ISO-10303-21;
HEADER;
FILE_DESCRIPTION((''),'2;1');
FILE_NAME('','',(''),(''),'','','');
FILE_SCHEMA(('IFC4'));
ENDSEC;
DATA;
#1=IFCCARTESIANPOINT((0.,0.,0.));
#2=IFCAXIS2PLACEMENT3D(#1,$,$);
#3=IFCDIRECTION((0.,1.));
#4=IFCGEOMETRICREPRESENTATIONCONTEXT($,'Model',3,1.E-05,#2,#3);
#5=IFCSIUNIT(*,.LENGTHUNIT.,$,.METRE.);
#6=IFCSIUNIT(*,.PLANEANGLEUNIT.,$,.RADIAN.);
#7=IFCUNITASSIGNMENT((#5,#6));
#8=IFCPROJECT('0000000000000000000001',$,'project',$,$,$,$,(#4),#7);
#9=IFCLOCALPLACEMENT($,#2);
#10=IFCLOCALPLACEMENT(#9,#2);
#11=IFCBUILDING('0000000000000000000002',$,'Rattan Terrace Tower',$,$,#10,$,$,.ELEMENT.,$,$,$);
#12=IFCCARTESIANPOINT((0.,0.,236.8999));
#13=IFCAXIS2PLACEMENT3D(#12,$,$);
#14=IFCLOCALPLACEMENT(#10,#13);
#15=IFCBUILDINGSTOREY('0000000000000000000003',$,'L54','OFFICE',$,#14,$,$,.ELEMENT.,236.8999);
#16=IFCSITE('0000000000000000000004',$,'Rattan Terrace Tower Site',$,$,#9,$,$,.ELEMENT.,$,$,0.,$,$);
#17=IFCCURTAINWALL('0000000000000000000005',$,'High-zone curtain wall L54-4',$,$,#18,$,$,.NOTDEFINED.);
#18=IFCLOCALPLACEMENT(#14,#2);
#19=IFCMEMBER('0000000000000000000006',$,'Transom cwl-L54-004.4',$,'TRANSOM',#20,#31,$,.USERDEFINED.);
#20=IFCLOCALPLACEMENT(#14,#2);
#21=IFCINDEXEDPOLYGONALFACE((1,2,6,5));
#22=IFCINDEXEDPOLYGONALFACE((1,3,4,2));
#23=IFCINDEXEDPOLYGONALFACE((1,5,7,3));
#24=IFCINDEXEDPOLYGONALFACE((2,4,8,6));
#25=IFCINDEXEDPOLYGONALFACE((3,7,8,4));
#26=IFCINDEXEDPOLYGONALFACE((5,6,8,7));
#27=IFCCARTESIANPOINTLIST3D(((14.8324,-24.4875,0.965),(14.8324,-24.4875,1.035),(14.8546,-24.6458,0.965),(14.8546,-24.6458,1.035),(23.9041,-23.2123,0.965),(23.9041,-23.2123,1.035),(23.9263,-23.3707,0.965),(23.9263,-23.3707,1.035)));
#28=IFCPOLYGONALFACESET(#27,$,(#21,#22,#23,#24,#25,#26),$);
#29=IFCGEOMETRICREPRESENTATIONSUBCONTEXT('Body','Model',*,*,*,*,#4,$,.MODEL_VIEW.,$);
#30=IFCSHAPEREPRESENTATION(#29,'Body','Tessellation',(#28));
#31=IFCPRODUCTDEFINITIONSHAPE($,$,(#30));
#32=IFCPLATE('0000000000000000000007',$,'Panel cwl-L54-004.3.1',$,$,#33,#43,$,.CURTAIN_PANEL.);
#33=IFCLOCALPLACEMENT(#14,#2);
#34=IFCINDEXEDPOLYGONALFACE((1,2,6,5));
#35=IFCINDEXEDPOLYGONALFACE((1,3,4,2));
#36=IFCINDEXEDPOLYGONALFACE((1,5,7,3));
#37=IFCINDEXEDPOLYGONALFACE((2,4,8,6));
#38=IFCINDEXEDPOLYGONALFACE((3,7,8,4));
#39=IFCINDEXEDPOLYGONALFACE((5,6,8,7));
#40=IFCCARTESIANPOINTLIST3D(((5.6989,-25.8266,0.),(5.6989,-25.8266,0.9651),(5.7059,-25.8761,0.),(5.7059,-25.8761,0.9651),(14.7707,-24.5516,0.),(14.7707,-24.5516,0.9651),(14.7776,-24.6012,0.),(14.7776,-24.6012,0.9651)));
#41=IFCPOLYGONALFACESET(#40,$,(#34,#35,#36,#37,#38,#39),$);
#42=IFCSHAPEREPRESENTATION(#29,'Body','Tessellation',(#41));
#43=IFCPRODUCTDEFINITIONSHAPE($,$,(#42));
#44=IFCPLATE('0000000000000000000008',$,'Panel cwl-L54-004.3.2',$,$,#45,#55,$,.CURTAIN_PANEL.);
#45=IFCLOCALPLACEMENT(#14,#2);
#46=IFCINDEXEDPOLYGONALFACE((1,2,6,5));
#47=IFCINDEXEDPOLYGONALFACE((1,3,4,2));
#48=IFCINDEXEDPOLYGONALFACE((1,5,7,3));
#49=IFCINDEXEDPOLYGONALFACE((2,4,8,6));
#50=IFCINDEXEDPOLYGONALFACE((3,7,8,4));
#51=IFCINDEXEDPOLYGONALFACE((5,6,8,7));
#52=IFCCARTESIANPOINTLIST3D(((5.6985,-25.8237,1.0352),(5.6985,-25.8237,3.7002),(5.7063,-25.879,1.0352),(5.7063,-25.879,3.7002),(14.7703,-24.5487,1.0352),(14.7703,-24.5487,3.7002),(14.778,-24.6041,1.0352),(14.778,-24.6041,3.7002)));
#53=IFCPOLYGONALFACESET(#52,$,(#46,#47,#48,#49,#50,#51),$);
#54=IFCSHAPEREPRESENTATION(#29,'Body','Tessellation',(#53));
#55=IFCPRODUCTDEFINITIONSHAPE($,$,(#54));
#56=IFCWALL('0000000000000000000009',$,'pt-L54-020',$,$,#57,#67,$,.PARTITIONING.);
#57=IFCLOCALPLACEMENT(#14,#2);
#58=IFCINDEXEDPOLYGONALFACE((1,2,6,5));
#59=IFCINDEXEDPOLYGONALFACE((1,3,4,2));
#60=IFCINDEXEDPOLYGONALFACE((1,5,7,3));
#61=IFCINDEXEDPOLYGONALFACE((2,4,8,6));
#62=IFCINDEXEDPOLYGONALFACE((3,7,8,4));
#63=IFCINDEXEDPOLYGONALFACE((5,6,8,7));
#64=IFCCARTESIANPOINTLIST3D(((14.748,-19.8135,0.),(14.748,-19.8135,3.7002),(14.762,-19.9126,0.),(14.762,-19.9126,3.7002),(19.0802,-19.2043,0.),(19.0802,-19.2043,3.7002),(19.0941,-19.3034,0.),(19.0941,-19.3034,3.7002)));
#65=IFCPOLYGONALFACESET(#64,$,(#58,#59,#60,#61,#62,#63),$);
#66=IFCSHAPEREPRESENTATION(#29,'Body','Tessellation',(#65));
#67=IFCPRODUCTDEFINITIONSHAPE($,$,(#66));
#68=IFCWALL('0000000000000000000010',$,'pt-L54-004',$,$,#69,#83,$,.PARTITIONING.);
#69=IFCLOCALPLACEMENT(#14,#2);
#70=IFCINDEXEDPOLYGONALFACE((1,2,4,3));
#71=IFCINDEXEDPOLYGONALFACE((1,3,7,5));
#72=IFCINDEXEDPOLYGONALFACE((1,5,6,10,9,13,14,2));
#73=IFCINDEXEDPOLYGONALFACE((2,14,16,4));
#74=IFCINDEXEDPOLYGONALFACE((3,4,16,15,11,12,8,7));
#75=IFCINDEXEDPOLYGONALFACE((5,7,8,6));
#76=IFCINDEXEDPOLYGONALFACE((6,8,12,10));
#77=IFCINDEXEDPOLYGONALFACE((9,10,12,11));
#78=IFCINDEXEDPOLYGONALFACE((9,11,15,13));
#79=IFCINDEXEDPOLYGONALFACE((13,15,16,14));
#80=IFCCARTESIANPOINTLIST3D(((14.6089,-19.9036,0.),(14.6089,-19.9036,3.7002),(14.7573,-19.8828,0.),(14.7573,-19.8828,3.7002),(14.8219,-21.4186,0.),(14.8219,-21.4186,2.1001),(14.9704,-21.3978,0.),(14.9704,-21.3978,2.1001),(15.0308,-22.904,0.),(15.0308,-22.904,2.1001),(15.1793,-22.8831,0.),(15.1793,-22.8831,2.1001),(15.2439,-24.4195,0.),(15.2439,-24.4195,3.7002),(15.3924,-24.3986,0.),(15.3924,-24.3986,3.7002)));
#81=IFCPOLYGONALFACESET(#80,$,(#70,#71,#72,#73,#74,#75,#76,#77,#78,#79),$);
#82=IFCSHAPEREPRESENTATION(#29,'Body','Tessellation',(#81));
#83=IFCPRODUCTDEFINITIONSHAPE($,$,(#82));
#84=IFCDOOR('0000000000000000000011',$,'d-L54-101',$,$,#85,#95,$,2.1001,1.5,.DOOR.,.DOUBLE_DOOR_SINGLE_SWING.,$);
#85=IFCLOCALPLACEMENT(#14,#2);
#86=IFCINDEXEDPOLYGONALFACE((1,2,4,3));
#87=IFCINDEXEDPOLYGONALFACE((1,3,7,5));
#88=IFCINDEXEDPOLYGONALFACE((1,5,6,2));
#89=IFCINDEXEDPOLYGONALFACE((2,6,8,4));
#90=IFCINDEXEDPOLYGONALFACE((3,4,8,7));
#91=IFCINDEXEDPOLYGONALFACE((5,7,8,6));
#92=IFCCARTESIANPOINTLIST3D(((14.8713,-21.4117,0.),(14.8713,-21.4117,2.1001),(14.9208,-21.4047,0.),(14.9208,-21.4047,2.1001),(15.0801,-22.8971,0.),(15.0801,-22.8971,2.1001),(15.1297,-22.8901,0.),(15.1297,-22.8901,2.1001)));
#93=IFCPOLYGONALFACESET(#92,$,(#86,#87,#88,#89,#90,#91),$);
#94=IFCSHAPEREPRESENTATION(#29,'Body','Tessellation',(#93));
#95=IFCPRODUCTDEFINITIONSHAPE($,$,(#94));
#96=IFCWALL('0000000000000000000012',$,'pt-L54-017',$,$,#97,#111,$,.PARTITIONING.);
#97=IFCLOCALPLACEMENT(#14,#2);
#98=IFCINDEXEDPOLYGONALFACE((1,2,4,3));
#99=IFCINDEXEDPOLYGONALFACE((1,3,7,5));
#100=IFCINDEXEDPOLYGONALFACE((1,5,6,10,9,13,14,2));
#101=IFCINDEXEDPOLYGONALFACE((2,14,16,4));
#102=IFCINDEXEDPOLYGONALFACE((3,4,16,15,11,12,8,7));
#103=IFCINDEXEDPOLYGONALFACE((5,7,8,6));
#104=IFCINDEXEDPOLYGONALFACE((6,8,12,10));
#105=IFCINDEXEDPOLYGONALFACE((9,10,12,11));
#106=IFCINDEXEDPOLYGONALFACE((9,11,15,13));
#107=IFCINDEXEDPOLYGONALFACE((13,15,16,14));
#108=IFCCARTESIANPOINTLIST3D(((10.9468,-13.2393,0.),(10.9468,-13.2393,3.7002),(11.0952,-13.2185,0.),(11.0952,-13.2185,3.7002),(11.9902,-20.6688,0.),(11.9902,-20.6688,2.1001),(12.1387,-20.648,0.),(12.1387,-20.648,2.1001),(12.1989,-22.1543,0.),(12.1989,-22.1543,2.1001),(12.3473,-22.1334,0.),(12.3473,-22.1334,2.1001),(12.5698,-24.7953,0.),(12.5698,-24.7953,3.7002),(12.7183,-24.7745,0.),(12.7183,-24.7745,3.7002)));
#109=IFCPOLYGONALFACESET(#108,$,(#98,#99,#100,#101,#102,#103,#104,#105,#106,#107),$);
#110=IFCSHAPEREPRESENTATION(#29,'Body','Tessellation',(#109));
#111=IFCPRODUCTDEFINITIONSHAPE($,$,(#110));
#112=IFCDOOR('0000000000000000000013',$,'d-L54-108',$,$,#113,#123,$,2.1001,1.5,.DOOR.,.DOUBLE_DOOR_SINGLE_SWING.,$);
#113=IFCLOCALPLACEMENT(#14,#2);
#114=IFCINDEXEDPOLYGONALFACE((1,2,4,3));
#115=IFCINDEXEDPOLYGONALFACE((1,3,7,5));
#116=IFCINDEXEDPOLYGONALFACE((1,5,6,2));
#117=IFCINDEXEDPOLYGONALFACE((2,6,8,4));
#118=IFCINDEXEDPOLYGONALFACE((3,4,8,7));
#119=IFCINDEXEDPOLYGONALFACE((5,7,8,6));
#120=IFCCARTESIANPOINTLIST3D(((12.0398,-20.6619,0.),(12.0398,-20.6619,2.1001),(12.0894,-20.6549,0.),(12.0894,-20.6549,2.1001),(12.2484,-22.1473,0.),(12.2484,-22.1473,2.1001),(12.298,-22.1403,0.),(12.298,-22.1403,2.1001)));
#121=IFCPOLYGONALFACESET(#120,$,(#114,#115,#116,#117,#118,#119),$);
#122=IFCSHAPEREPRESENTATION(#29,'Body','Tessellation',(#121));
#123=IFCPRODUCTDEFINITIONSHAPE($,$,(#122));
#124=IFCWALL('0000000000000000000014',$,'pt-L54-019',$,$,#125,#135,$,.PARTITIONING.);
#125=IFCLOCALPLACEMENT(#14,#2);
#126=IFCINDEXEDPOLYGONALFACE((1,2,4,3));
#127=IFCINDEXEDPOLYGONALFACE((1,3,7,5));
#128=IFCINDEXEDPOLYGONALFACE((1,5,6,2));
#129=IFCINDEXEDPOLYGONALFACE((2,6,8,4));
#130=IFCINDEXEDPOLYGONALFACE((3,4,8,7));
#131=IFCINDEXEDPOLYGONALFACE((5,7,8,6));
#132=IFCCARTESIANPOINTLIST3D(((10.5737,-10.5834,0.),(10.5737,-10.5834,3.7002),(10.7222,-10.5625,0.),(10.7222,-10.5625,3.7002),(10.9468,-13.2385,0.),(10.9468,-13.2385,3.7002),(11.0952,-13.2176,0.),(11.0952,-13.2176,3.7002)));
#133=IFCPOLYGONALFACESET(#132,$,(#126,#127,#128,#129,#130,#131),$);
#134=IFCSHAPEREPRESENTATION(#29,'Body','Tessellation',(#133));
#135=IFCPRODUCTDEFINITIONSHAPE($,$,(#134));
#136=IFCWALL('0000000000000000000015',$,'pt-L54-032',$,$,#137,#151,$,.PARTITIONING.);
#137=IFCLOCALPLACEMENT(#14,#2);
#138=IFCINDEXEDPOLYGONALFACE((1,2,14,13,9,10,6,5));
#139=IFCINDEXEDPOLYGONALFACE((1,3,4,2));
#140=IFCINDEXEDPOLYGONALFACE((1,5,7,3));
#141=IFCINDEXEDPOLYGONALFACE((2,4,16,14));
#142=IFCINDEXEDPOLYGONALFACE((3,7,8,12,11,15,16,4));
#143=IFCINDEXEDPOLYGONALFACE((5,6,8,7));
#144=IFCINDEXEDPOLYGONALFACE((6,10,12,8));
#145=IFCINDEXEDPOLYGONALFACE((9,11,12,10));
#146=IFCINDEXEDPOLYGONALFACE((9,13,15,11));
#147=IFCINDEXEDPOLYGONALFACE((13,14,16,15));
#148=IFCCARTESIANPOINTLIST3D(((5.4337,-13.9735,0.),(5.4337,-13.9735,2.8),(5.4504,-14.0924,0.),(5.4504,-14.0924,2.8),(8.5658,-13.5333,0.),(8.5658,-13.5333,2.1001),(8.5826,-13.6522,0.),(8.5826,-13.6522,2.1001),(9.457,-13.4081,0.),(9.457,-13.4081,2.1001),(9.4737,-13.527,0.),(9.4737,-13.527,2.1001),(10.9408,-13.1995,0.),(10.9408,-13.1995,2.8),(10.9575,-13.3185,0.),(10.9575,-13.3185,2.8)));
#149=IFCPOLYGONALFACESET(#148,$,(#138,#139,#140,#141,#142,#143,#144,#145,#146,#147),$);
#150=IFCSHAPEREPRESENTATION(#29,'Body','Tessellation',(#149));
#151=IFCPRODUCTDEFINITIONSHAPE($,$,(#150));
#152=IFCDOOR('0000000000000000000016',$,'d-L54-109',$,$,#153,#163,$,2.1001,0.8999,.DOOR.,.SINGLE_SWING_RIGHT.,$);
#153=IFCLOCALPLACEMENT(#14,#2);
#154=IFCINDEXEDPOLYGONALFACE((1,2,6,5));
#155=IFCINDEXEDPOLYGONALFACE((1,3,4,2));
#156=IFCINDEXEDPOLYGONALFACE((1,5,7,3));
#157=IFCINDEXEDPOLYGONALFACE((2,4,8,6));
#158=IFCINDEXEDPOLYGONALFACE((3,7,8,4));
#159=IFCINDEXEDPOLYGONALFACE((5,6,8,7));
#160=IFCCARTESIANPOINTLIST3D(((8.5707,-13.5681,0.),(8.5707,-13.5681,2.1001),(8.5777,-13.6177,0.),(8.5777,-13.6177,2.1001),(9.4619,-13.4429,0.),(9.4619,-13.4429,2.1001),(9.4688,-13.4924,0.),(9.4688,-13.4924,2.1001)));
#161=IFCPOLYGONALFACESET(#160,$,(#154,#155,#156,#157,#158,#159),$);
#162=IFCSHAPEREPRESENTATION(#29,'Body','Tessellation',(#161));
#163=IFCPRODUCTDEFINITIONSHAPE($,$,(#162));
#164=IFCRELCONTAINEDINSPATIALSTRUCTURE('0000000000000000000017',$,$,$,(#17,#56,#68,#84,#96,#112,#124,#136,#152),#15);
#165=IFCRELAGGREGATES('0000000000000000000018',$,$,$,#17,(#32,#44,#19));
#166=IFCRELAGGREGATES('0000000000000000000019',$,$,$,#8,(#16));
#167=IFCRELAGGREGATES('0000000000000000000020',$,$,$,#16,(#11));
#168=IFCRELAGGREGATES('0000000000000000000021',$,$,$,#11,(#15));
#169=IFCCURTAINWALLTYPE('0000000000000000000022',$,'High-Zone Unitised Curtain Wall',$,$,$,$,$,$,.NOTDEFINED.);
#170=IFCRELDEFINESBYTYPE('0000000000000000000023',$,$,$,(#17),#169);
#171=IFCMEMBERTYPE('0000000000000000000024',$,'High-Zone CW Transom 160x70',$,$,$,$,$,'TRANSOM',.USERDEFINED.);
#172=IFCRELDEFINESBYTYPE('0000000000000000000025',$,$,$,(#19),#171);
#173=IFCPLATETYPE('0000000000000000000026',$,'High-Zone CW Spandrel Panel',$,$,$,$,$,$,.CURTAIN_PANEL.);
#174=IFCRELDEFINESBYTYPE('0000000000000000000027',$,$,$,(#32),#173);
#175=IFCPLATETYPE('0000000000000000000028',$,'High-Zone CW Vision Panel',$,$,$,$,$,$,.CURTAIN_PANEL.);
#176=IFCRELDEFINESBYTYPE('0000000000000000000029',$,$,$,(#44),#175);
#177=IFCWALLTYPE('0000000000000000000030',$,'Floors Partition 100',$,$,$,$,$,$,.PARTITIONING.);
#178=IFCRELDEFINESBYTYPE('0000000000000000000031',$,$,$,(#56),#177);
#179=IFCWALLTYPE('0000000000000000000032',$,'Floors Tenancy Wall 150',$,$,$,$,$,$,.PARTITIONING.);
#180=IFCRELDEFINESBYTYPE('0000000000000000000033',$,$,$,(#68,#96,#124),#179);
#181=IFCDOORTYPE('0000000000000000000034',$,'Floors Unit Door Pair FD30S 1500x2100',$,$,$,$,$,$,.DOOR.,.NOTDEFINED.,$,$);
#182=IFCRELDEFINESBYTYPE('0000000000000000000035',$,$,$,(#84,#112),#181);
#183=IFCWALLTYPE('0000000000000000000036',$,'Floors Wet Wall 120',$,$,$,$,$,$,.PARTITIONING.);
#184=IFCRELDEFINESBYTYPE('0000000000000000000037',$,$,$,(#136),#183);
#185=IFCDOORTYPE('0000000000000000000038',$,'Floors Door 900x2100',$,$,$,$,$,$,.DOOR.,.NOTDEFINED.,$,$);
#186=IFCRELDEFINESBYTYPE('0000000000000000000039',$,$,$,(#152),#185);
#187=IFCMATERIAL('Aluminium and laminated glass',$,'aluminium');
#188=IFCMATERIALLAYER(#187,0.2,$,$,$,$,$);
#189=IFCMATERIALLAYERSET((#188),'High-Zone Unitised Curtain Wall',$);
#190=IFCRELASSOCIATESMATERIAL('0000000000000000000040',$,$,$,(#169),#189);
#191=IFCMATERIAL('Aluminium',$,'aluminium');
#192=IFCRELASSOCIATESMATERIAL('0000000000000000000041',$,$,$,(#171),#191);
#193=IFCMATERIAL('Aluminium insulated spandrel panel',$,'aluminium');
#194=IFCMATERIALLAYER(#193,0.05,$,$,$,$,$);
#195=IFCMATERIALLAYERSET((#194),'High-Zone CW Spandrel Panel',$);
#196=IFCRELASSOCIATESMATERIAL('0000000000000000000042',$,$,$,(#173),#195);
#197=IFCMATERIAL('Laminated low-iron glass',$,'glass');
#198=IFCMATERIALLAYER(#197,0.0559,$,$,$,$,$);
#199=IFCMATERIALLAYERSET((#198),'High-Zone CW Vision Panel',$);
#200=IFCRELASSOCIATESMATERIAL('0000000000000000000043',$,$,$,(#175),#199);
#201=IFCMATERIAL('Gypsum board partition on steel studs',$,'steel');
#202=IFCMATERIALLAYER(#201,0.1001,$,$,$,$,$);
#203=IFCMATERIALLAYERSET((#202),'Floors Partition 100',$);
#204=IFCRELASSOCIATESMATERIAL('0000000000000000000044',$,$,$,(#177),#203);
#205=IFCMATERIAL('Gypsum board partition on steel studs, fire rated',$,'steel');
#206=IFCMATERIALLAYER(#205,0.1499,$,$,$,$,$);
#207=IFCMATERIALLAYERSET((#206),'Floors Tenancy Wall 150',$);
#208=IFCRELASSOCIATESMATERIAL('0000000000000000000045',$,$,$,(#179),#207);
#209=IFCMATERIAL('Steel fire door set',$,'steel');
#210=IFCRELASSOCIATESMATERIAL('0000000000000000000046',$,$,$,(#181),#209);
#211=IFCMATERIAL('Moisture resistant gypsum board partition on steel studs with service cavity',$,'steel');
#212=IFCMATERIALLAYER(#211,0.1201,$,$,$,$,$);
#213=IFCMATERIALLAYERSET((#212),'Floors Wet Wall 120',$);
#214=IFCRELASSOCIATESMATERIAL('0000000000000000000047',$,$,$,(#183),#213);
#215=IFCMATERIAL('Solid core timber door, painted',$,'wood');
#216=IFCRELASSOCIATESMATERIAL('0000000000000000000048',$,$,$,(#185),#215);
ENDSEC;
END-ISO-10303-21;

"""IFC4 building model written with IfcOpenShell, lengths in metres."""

from ifc_helpers import new_model, si_unit, direction, frame, frame_2d, origin, origin_2d, place, context, subcontext, project, spatial, rectangle, extrude, material, layer, layer_set, material_profile, profile_set, type_object, element, fill, aggregate, save


model = new_model("IFC4")

# Units and contexts
model_context = context("Model", 3, precision=1e-05, world=origin(), true_north=direction((0.0, 1.0)))
body_context = subcontext(model_context, "Body", "Model", "MODEL_VIEW")
ifc_project = project(units=[si_unit("LENGTHUNIT", "METRE"), si_unit("PLANEANGLEUNIT", "RADIAN")], contexts=[model_context])

# Site, building, storey
site_placement = place(None, origin())
site = spatial("IfcSite", under=ifc_project, at=site_placement, Name="Rattan Terrace Tower Site", CompositionType="ELEMENT", RefElevation=0.0)
building_placement = place(site_placement, origin())
building = spatial("IfcBuilding", under=site, at=building_placement, Name="Rattan Terrace Tower", CompositionType="ELEMENT")
storey_placement = place(building_placement, frame((0.0, 0.0, 236.8999)))
storey = spatial("IfcBuildingStorey", under=building, at=storey_placement, Name="L54", Description="OFFICE", CompositionType="ELEMENT", Elevation=236.8999)

# Curtain wall, member, plates
ifc_material_1 = material(Name="Aluminium and laminated glass", Category="aluminium")
ifc_layer_1 = layer(ifc_material_1, 0.2)
ifc_layer_set_1 = layer_set([ifc_layer_1], Name="High-Zone Unitised Curtain Wall")
curtain_wall_type = type_object("IfcCurtainWallType", Name="High-Zone Unitised Curtain Wall", PredefinedType="NOTDEFINED", material=ifc_layer_set_1)
curtain_wall_placement = place(storey_placement, origin())
curtain_wall = element("IfcCurtainWall", 1, at=curtain_wall_placement, inside=storey, type_object=curtain_wall_type, Name="High-zone curtain wall L54-4", PredefinedType="NOTDEFINED")
ifc_material_2 = material(Name="Aluminium", Category="aluminium")
ifc_material_profile_1 = material_profile(ifc_material_2, rectangle(XDim=0.1599, YDim=0.0701, at=origin_2d()), Name="Aluminium 160x70")
ifc_profile_set_1 = profile_set([ifc_material_profile_1], Name="Aluminium")
member_type_1 = type_object("IfcMemberType", Name="High-Zone CW Transom 160x70", ElementType="TRANSOM", PredefinedType="USERDEFINED", material=ifc_profile_set_1)
member_1_placement = place(storey_placement, frame((14.8435, -24.5667, 1.0), z_axis=(0.990265, 0.139194, 0.0), x_axis=(-0.139194, 0.990265, 0.0)))
member_1 = element("IfcMember", 2, at=member_1_placement, type_object=member_type_1, Name="Transom cwl-L54-004.4", ObjectType="TRANSOM", PredefinedType="USERDEFINED", context=body_context, shape_type="SweptSolid", body=[
    extrude(rectangle(XDim=0.1599, YDim=0.0701, at=origin_2d()), origin(), (0.0, 0.0, 1.0), 9.1609),
])
ifc_material_3 = material(Name="Aluminium insulated spandrel panel", Category="aluminium")
ifc_layer_2 = layer(ifc_material_3, 0.05)
ifc_layer_set_2 = layer_set([ifc_layer_2], Name="High-Zone CW Spandrel Panel")
plate_type_1 = type_object("IfcPlateType", Name="High-Zone CW Spandrel Panel", PredefinedType="CURTAIN_PANEL", material=ifc_layer_set_2)
plate_1_placement = place(storey_placement, frame((10.2383, -25.2139, 0.0), z_axis=(0.0, 0.0, 1.0), x_axis=(0.990267, 0.139177, 0.0)))
plate_1 = element("IfcPlate", 3, at=plate_1_placement, type_object=plate_type_1, Name="Panel cwl-L54-004.3.1", PredefinedType="CURTAIN_PANEL", context=body_context, shape_type="SweptSolid", body=[
    extrude(rectangle(XDim=9.1609, YDim=0.05, at=origin_2d()), origin(), (0.0, 0.0, 1.0), 0.9651),
])
ifc_material_4 = material(Name="Laminated low-iron glass", Category="glass")
ifc_layer_3 = layer(ifc_material_4, 0.0559)
ifc_layer_set_3 = layer_set([ifc_layer_3], Name="High-Zone CW Vision Panel")
plate_type_2 = type_object("IfcPlateType", Name="High-Zone CW Vision Panel", PredefinedType="CURTAIN_PANEL", material=ifc_layer_set_3)
plate_2_placement = place(storey_placement, frame((10.2383, -25.2139, 1.0352), z_axis=(0.0, 0.0, 1.0), x_axis=(0.990267, 0.139177, 0.0)))
plate_2 = element("IfcPlate", 4, at=plate_2_placement, type_object=plate_type_2, Name="Panel cwl-L54-004.3.2", PredefinedType="CURTAIN_PANEL", context=body_context, shape_type="SweptSolid", body=[
    extrude(rectangle(XDim=9.1609, YDim=0.0559, at=origin_2d()), origin(), (0.0, 0.0, 1.0), 2.665),
])
aggregate(curtain_wall, [plate_1, plate_2, member_1])

# Wall
ifc_material_5 = material(Name="Gypsum board partition on steel studs", Category="steel")
ifc_layer_4 = layer(ifc_material_5, 0.1001)
ifc_layer_set_4 = layer_set([ifc_layer_4], Name="Floors Partition 100")
wall_type_1 = type_object("IfcWallType", Name="Floors Partition 100", PredefinedType="PARTITIONING", material=ifc_layer_set_4)
wall_1_placement = place(storey_placement, frame((14.7549, -19.863, 0.0), z_axis=(0.0, 0.0, 1.0), x_axis=(0.990259, 0.139241, 0.0)))
element("IfcWall", 5, at=wall_1_placement, inside=storey, type_object=wall_type_1, Name="pt-L54-020", PredefinedType="PARTITIONING", context=body_context, shape_type="SweptSolid", body=[
    extrude(rectangle(XDim=4.3748, YDim=0.1001, at=frame_2d((2.1875, 0.0))), origin(), (0.0, 0.0, 1.0), 3.7002),
])

# Walls, openings, doors
ifc_material_6 = material(Name="Gypsum board partition on steel studs, fire rated", Category="steel")
ifc_layer_5 = layer(ifc_material_6, 0.1499)
ifc_layer_set_5 = layer_set([ifc_layer_5], Name="Floors Tenancy Wall 150")
wall_type_2 = type_object("IfcWallType", Name="Floors Tenancy Wall 150", PredefinedType="PARTITIONING", material=ifc_layer_set_5)
wall_2_placement = place(storey_placement, frame((14.6831, -19.8931, 0.0), z_axis=(0.0, 0.0, 1.0), x_axis=(0.139247, -0.990258, 0.0)))
wall_2 = element("IfcWall", 6, at=wall_2_placement, inside=storey, type_object=wall_type_2, Name="pt-L54-004", PredefinedType="PARTITIONING", context=body_context, shape_type="SweptSolid", body=[
    extrude(rectangle(XDim=4.5603, YDim=0.1499, at=frame_2d((2.2803, 0.0))), origin(), (0.0, 0.0, 1.0), 3.7002),
])
opening_1_placement = place(wall_2_placement, frame((1.53, 0.0, 0.0)))
opening_1 = element("IfcOpeningElement", 7, at=opening_1_placement, cuts=wall_2, PredefinedType="OPENING", context=body_context, shape_type="SweptSolid", body=[
    extrude(rectangle(XDim=1.5, YDim=2.1001, at=frame_2d((0.75, 1.05))), frame((0.0, 0.0854, 0.0), z_axis=(0.0, -1.0, 0.0), x_axis=(1.0, 0.0, 0.0)), (0.0, 0.0, 1.0), 0.1709),
])
ifc_material_7 = material(Name="Steel fire door set", Category="steel")
door_type_1 = type_object("IfcDoorType", Name="Floors Unit Door Pair FD30S 1500x2100", OperationType="NOTDEFINED", PredefinedType="DOOR", material=ifc_material_7)
door_1_placement = place(opening_1_placement, origin())
door_1 = element("IfcDoor", 8, at=door_1_placement, inside=storey, type_object=door_type_1, Name="d-L54-101", OperationType="DOUBLE_DOOR_SINGLE_SWING", OverallHeight=2.1001, OverallWidth=1.5, PredefinedType="DOOR", context=body_context, shape_type="SweptSolid", body=[
    extrude(rectangle(XDim=1.5, YDim=2.1001, at=frame_2d((0.75, 1.05))), frame((0.0, 0.0249, 0.0), z_axis=(0.0, -1.0, 0.0), x_axis=(1.0, 0.0, 0.0)), (0.0, 0.0, 1.0), 0.05),
])
fill(opening_1, door_1)
wall_3_placement = place(storey_placement, frame((12.644, -24.7849, 0.0), z_axis=(0.0, 0.0, 1.0), x_axis=(-0.139087, 0.99028, 0.0)))
wall_3 = element("IfcWall", 9, at=wall_3_placement, inside=storey, type_object=wall_type_2, Name="pt-L54-017", PredefinedType="PARTITIONING", context=body_context, shape_type="SweptSolid", body=[
    extrude(rectangle(XDim=11.6694, YDim=0.1499, at=frame_2d((5.8347, 0.0))), origin(), (0.0, 0.0, 1.0), 3.7002),
])
opening_2_placement = place(wall_3_placement, frame((2.667, 0.0, 0.0)))
opening_2 = element("IfcOpeningElement", 10, at=opening_2_placement, cuts=wall_3, PredefinedType="OPENING", context=body_context, shape_type="SweptSolid", body=[
    extrude(rectangle(XDim=1.5, YDim=2.1001, at=frame_2d((0.75, 1.05))), frame((0.0, 0.0854, 0.0), z_axis=(0.0, -1.0, 0.0), x_axis=(1.0, 0.0, 0.0)), (0.0, 0.0, 1.0), 0.1709),
])
door_2_placement = place(opening_2_placement, origin())
door_2 = element("IfcDoor", 11, at=door_2_placement, inside=storey, type_object=door_type_1, Name="d-L54-108", OperationType="DOUBLE_DOOR_SINGLE_SWING", OverallHeight=2.1001, OverallWidth=1.5, PredefinedType="DOOR", context=body_context, shape_type="SweptSolid", body=[
    extrude(rectangle(XDim=1.5, YDim=2.1001, at=frame_2d((0.75, 1.05))), frame((0.0, 0.0249, 0.0), z_axis=(0.0, -1.0, 0.0), x_axis=(1.0, 0.0, 0.0)), (0.0, 0.0, 1.0), 0.05),
])
fill(opening_2, door_2)

# Wall
wall_4_placement = place(storey_placement, frame((11.021, -13.228, 0.0), z_axis=(0.0, 0.0, 1.0), x_axis=(-0.139139, 0.990273, 0.0)))
element("IfcWall", 12, at=wall_4_placement, inside=storey, type_object=wall_type_2, Name="pt-L54-019", PredefinedType="PARTITIONING", context=body_context, shape_type="SweptSolid", body=[
    extrude(rectangle(XDim=2.6812, YDim=0.1499, at=frame_2d((1.3406, 0.0))), origin(), (0.0, 0.0, 1.0), 3.7002),
])

# Wall, opening, door
ifc_material_8 = material(Name="Moisture resistant gypsum board partition on steel studs with service cavity", Category="steel")
ifc_layer_6 = layer(ifc_material_8, 0.1201)
ifc_layer_set_6 = layer_set([ifc_layer_6], Name="Floors Wet Wall 120")
wall_type_3 = type_object("IfcWallType", Name="Floors Wet Wall 120", PredefinedType="PARTITIONING", material=ifc_layer_set_6)
wall_5_placement = place(storey_placement, frame((5.4419, -14.033, 0.0), z_axis=(0.0, 0.0, 1.0), x_axis=(0.990269, 0.139165, 0.0)))
wall_5 = element("IfcWall", 13, at=wall_5_placement, inside=storey, type_object=wall_type_3, Name="pt-L54-032", PredefinedType="PARTITIONING", context=body_context, shape_type="SweptSolid", body=[
    extrude(rectangle(XDim=5.5613, YDim=0.1201, at=frame_2d((2.7808, 0.0))), origin(), (0.0, 0.0, 1.0), 2.8),
])
opening_3_placement = place(wall_5_placement, frame((3.1631, 0.0, 0.0)))
opening_3 = element("IfcOpeningElement", 14, at=opening_3_placement, cuts=wall_5, PredefinedType="OPENING", context=body_context, shape_type="SweptSolid", body=[
    extrude(rectangle(XDim=0.8999, YDim=2.1001, at=frame_2d((0.45, 1.05))), frame((0.0, 0.0706, 0.0), z_axis=(0.0, -1.0, 0.0), x_axis=(1.0, 0.0, 0.0)), (0.0, 0.0, 1.0), 0.1411),
])
ifc_material_9 = material(Name="Solid core timber door, painted", Category="wood")
door_type_2 = type_object("IfcDoorType", Name="Floors Door 900x2100", OperationType="NOTDEFINED", PredefinedType="DOOR", material=ifc_material_9)
door_3_placement = place(opening_3_placement, origin())
door_3 = element("IfcDoor", 15, at=door_3_placement, inside=storey, type_object=door_type_2, Name="d-L54-109", OperationType="SINGLE_SWING_RIGHT", OverallHeight=2.1001, OverallWidth=0.8999, PredefinedType="DOOR", context=body_context, shape_type="SweptSolid", body=[
    extrude(rectangle(XDim=0.8999, YDim=2.1001, at=frame_2d((0.45, 1.05))), frame((0.0, 0.0249, 0.0), z_axis=(0.0, -1.0, 0.0), x_axis=(1.0, 0.0, 0.0)), (0.0, 0.0, 1.0), 0.05),
])
fill(opening_3, door_3)

save(model, "model.ifc")
